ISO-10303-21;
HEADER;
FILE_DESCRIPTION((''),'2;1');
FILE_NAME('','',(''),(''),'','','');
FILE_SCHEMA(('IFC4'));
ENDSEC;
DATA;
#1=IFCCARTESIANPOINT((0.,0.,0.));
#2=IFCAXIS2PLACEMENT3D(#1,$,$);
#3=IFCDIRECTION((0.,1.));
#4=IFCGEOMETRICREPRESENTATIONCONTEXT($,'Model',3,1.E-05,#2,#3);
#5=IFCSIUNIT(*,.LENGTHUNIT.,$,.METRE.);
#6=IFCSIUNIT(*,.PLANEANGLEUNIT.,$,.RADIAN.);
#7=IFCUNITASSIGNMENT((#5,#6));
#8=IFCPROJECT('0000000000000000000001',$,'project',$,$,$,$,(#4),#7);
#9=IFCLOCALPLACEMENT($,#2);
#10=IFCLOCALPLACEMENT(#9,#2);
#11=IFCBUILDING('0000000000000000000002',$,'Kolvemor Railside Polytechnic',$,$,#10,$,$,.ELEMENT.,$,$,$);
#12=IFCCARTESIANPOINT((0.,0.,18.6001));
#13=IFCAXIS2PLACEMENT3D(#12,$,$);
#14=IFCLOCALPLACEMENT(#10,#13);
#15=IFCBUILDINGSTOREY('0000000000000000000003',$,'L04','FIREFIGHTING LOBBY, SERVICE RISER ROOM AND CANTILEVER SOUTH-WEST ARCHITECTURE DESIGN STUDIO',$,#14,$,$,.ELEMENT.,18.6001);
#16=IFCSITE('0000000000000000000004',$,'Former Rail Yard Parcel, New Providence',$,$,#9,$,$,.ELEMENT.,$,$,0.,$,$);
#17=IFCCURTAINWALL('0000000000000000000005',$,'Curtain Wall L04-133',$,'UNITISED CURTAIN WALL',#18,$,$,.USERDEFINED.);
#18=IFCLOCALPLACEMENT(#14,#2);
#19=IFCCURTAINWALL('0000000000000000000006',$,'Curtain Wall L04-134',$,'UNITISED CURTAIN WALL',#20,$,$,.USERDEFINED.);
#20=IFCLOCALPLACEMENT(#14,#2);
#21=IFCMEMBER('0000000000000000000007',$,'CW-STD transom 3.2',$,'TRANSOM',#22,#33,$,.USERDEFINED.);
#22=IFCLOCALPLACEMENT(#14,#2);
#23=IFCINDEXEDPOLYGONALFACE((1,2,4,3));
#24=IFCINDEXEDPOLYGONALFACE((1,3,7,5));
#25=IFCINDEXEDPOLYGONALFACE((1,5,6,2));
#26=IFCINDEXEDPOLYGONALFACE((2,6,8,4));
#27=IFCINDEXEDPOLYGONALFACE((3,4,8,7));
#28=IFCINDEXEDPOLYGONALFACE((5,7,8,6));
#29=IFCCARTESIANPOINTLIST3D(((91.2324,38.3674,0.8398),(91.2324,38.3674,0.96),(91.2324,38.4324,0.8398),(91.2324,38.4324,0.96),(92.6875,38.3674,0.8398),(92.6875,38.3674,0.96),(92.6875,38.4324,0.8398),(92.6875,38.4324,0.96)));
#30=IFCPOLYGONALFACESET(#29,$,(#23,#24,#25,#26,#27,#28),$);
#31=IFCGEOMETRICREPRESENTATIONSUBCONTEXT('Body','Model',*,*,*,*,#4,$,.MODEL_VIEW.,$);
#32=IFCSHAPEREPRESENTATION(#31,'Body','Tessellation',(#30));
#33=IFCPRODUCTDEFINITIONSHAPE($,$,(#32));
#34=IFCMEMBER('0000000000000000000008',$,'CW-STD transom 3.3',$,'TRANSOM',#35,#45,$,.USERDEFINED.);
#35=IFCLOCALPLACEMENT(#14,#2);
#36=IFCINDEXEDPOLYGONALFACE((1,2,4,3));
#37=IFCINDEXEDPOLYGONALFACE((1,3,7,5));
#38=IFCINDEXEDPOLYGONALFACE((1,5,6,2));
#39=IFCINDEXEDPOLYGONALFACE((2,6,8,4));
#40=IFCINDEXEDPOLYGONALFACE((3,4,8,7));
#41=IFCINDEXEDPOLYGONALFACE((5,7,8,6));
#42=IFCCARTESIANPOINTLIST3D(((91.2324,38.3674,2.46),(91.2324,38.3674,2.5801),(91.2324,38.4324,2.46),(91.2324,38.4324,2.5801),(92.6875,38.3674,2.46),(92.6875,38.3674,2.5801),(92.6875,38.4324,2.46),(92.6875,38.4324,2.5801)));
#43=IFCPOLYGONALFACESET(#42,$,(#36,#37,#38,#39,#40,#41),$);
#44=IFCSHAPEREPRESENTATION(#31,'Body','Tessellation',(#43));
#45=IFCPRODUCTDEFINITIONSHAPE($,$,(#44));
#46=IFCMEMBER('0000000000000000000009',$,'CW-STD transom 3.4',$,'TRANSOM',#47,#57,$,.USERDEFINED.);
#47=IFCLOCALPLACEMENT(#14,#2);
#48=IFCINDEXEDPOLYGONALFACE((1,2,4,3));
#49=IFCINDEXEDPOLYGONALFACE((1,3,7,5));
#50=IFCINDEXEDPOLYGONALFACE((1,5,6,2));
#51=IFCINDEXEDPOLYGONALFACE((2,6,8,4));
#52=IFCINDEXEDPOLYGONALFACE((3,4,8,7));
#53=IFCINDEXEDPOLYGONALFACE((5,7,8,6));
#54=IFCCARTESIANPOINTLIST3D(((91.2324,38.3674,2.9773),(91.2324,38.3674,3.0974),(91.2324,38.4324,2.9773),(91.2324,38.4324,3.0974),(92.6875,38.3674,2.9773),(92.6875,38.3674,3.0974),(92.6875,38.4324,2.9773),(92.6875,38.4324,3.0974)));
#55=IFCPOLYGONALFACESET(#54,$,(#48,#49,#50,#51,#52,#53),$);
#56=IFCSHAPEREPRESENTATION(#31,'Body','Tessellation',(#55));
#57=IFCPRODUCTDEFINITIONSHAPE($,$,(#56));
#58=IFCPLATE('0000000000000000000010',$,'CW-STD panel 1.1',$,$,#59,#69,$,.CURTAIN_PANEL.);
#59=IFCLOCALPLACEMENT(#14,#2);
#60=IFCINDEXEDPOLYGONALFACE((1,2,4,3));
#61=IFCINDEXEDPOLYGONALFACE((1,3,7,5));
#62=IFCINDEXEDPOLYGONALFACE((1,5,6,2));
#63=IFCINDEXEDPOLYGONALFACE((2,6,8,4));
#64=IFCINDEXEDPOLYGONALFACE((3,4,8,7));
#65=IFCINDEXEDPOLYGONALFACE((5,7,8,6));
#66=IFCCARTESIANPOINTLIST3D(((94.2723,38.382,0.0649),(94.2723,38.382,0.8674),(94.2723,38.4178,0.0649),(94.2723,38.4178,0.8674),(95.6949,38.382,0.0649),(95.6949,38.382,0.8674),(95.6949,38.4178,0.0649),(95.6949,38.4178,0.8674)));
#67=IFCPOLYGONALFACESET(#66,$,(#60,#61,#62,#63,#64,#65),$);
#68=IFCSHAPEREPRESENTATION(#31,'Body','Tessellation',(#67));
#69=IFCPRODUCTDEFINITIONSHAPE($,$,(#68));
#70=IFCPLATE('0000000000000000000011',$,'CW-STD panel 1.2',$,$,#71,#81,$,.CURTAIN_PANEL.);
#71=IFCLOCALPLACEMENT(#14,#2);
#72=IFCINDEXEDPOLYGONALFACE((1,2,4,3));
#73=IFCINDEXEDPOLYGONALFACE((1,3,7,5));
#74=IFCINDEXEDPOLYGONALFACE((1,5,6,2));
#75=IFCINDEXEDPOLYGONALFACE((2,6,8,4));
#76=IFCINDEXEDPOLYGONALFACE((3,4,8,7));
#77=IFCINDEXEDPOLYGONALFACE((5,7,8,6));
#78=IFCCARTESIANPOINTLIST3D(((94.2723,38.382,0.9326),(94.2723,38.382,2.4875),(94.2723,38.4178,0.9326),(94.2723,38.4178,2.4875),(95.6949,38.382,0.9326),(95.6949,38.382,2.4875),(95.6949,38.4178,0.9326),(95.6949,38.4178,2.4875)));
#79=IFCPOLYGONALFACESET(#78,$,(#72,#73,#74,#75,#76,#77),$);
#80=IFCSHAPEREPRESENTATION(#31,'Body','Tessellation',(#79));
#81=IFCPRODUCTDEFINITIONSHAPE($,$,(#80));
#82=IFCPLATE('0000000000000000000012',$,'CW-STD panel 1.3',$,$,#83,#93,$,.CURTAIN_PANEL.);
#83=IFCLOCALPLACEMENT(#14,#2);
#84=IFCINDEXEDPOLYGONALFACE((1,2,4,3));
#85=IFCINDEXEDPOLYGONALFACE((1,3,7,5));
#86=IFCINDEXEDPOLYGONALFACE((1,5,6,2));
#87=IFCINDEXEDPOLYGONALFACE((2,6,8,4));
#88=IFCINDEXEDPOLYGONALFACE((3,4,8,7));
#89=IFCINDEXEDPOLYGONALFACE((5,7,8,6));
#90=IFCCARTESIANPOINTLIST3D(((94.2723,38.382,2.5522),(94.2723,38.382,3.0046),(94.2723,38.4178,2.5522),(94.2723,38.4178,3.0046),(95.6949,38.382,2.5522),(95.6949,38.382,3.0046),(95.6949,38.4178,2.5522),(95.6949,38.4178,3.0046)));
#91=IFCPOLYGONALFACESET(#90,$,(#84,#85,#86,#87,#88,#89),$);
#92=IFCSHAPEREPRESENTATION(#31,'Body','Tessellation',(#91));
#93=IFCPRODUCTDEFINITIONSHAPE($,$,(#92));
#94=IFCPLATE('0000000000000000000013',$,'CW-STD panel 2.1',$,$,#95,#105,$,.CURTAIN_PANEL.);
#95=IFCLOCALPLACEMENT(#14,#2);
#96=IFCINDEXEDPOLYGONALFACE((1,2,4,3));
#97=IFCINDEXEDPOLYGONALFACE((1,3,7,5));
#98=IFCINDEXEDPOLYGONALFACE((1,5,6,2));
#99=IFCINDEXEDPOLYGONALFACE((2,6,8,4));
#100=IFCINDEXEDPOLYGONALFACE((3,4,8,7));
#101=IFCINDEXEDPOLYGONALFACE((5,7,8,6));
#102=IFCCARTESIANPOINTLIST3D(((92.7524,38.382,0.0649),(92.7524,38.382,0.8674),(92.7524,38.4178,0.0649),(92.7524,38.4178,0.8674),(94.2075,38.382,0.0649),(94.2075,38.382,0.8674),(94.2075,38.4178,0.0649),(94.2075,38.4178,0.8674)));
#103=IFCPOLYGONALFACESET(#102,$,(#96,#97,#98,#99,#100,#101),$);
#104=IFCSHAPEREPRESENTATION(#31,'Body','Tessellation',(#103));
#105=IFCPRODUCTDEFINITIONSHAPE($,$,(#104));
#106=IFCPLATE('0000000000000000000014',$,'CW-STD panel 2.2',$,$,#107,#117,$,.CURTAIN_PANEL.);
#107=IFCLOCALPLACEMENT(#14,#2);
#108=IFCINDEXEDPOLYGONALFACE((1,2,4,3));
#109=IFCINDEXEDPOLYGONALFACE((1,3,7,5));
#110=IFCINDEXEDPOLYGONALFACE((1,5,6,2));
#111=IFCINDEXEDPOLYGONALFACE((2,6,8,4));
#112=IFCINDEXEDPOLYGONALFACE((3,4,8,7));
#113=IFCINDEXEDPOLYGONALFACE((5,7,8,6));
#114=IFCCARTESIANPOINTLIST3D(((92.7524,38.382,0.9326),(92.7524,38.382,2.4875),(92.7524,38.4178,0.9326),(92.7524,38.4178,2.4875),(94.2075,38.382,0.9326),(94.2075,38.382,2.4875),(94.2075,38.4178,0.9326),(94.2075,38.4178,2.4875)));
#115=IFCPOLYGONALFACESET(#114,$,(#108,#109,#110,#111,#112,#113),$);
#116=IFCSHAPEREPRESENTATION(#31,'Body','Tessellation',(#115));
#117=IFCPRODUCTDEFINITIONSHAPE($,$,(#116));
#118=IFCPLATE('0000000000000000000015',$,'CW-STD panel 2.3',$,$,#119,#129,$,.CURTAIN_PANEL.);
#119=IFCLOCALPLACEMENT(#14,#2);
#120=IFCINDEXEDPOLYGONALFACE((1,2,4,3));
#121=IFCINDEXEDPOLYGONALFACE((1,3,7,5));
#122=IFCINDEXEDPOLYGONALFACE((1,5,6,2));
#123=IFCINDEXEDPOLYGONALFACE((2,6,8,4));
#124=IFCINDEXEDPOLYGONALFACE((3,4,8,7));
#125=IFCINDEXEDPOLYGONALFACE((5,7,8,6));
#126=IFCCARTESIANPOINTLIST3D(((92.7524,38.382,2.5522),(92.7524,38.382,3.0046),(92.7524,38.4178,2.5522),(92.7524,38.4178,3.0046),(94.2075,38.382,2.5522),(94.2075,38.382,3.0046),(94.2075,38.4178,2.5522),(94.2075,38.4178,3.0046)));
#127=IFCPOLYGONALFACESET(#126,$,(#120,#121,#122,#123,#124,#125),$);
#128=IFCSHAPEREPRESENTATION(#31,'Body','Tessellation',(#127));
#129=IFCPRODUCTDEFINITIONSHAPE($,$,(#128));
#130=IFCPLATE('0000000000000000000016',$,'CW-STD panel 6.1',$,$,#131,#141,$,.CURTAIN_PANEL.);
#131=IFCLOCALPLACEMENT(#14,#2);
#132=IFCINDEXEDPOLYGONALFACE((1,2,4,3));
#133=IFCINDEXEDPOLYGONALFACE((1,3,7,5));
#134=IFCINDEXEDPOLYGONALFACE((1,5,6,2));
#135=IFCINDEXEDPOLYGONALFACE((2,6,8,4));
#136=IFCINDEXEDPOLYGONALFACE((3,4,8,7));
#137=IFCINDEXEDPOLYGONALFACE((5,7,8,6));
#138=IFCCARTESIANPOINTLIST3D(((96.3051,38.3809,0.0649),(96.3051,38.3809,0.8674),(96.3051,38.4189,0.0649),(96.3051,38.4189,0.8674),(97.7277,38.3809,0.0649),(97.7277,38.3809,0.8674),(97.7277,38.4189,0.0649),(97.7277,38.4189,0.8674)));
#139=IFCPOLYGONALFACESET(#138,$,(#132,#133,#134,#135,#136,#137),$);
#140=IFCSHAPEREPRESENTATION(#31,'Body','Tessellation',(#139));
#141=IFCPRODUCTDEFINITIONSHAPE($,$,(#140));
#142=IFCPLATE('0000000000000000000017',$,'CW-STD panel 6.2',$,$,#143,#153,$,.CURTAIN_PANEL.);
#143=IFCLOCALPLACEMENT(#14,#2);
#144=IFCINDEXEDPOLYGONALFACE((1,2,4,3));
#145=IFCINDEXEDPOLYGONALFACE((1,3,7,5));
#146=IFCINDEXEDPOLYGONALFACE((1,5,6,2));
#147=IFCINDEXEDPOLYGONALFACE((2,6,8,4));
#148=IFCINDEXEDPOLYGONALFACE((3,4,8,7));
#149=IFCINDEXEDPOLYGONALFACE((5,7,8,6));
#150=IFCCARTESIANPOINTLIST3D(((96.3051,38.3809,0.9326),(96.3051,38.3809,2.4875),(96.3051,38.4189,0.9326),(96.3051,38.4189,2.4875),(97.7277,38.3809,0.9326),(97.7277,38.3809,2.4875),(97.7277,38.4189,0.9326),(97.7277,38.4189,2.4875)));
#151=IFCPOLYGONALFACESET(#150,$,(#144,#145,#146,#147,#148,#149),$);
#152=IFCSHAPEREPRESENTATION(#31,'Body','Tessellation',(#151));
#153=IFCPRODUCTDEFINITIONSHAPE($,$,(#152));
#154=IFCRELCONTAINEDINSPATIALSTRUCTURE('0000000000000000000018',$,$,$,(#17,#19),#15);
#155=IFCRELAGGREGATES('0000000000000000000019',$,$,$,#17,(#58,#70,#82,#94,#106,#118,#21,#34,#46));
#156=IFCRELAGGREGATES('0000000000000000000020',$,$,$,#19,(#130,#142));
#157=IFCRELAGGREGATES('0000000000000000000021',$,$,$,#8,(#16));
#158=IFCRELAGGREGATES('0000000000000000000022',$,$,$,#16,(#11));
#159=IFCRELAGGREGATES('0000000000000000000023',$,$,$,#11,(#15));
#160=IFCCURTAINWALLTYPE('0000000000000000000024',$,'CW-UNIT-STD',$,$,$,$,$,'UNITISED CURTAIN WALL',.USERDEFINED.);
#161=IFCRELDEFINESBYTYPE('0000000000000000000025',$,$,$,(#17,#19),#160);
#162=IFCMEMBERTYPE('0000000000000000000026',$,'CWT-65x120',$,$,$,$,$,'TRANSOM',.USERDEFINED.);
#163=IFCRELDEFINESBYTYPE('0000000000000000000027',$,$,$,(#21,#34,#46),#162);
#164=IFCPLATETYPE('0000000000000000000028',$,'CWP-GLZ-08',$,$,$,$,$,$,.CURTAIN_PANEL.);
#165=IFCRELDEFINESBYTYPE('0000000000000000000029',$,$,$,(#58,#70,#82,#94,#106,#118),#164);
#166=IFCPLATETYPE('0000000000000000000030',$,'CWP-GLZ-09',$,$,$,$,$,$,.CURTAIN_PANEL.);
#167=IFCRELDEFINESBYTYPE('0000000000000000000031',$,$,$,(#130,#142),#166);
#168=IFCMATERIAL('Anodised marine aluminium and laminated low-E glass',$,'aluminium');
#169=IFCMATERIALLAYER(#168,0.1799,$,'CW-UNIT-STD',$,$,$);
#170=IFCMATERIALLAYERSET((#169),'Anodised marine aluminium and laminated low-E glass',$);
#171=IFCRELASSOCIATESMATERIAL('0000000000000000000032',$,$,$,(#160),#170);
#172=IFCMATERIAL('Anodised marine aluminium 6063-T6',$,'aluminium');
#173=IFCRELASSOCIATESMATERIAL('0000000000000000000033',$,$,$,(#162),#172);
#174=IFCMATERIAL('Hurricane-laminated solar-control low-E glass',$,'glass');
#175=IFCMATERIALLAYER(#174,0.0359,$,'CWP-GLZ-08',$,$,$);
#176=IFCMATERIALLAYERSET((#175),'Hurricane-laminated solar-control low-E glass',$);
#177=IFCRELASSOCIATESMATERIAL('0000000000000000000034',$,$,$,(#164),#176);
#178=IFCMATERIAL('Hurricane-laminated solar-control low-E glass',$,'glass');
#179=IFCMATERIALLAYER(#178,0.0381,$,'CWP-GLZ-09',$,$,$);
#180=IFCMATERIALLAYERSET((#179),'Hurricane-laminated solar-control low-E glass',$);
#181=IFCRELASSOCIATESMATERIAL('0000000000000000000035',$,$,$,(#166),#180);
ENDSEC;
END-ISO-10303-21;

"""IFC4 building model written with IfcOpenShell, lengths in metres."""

from ifc_helpers import new_model, si_unit, direction, frame, origin, origin_2d, place, context, subcontext, project, spatial, rectangle, extrude, material, layer, layer_set, material_profile, profile_set, type_object, element, aggregate, save


model = new_model("IFC4")

# Units and contexts
model_context = context("Model", 3, precision=1e-05, world=origin(), true_north=direction((0.0, 1.0)))
body_context = subcontext(model_context, "Body", "Model", "MODEL_VIEW")
ifc_project = project(units=[si_unit("LENGTHUNIT", "METRE"), si_unit("PLANEANGLEUNIT", "RADIAN")], contexts=[model_context])

# Site, building, storey
site_placement = place(None, origin())
site = spatial("IfcSite", under=ifc_project, at=site_placement, Name="Former Rail Yard Parcel, New Providence", CompositionType="ELEMENT", RefElevation=0.0)
building_placement = place(site_placement, origin())
building = spatial("IfcBuilding", under=site, at=building_placement, Name="Kolvemor Railside Polytechnic", CompositionType="ELEMENT")
storey_placement = place(building_placement, frame((0.0, 0.0, 18.6001)))
storey = spatial("IfcBuildingStorey", under=building, at=storey_placement, Name="L04", Description="FIREFIGHTING LOBBY, SERVICE RISER ROOM AND CANTILEVER SOUTH-WEST ARCHITECTURE DESIGN STUDIO", CompositionType="ELEMENT", Elevation=18.6001)

# Curtain wall
ifc_material_1 = material(Name="Anodised marine aluminium and laminated low-E glass", Category="aluminium")
ifc_layer_1 = layer(ifc_material_1, 0.1799, Name="CW-UNIT-STD")
ifc_layer_set_1 = layer_set([ifc_layer_1], Name="Anodised marine aluminium and laminated low-E glass")
curtain_wall_type = type_object("IfcCurtainWallType", Name="CW-UNIT-STD", ElementType="UNITISED CURTAIN WALL", PredefinedType="USERDEFINED", material=ifc_layer_set_1)
curtain_wall_1_placement = place(storey_placement, origin())
curtain_wall_1 = element("IfcCurtainWall", 1, at=curtain_wall_1_placement, inside=storey, type_object=curtain_wall_type, Name="Curtain Wall L04-133", ObjectType="UNITISED CURTAIN WALL", PredefinedType="USERDEFINED")

# Curtain wall
curtain_wall_2_placement = place(storey_placement, origin())
curtain_wall_2 = element("IfcCurtainWall", 2, at=curtain_wall_2_placement, inside=storey, type_object=curtain_wall_type, Name="Curtain Wall L04-134", ObjectType="UNITISED CURTAIN WALL", PredefinedType="USERDEFINED")

# Members
ifc_material_2 = material(Name="Anodised marine aluminium 6063-T6", Category="aluminium")
ifc_material_profile_1 = material_profile(ifc_material_2, rectangle(XDim=0.0649, YDim=0.1201, at=origin_2d()), Name="CW-TRN-65x120")
ifc_profile_set_1 = profile_set([ifc_material_profile_1], Name="Anodised marine aluminium 6063-T6")
member_type_1 = type_object("IfcMemberType", Name="CWT-65x120", ElementType="TRANSOM", PredefinedType="USERDEFINED", material=ifc_profile_set_1)
member_1_placement = place(storey_placement, frame((92.6875, 38.3999, 0.8999), z_axis=(-1.0, 0.0, 0.0), x_axis=(0.0, -1.0, 0.0)))
member_1 = element("IfcMember", 3, at=member_1_placement, type_object=member_type_1, Name="CW-STD transom 3.2", ObjectType="TRANSOM", PredefinedType="USERDEFINED", context=body_context, shape_type="SweptSolid", body=[
    extrude(rectangle(XDim=0.0649, YDim=0.1201, at=origin_2d()), origin(), (0.0, 0.0, 1.0), 1.4551),
])
member_2_placement = place(storey_placement, frame((92.6875, 38.3999, 2.52), z_axis=(-1.0, 0.0, 0.0), x_axis=(0.0, -1.0, 0.0)))
member_2 = element("IfcMember", 4, at=member_2_placement, type_object=member_type_1, Name="CW-STD transom 3.3", ObjectType="TRANSOM", PredefinedType="USERDEFINED", context=body_context, shape_type="SweptSolid", body=[
    extrude(rectangle(XDim=0.0649, YDim=0.1201, at=origin_2d()), origin(), (0.0, 0.0, 1.0), 1.4551),
])
member_3_placement = place(storey_placement, frame((92.6875, 38.3999, 3.0374), z_axis=(-1.0, 0.0, 0.0), x_axis=(0.0, -1.0, 0.0)))
member_3 = element("IfcMember", 5, at=member_3_placement, type_object=member_type_1, Name="CW-STD transom 3.4", ObjectType="TRANSOM", PredefinedType="USERDEFINED", context=body_context, shape_type="SweptSolid", body=[
    extrude(rectangle(XDim=0.0649, YDim=0.1201, at=origin_2d()), origin(), (0.0, 0.0, 1.0), 1.4551),
])

# Plates
ifc_material_3 = material(Name="Hurricane-laminated solar-control low-E glass", Category="glass")
ifc_layer_2 = layer(ifc_material_3, 0.0359, Name="CWP-GLZ-08")
ifc_layer_set_2 = layer_set([ifc_layer_2], Name="Hurricane-laminated solar-control low-E glass")
plate_type_1 = type_object("IfcPlateType", Name="CWP-GLZ-08", PredefinedType="CURTAIN_PANEL", material=ifc_layer_set_2)
plate_1_placement = place(storey_placement, frame((94.9836, 38.3999, 0.0649), z_axis=(0.0, 0.0, 1.0), x_axis=(-1.0, 0.0, 0.0)))
plate_1 = element("IfcPlate", 6, at=plate_1_placement, type_object=plate_type_1, Name="CW-STD panel 1.1", PredefinedType="CURTAIN_PANEL", context=body_context, shape_type="SweptSolid", body=[
    extrude(rectangle(XDim=1.4226, YDim=0.0359, at=origin_2d()), origin(), (0.0, 0.0, 1.0), 0.8025),
])
plate_2_placement = place(storey_placement, frame((94.9836, 38.3999, 0.9326), z_axis=(0.0, 0.0, 1.0), x_axis=(-1.0, 0.0, 0.0)))
plate_2 = element("IfcPlate", 7, at=plate_2_placement, type_object=plate_type_1, Name="CW-STD panel 1.2", PredefinedType="CURTAIN_PANEL", context=body_context, shape_type="SweptSolid", body=[
    extrude(rectangle(XDim=1.4226, YDim=0.0359, at=origin_2d()), origin(), (0.0, 0.0, 1.0), 1.5549),
])
plate_3_placement = place(storey_placement, frame((94.9836, 38.3999, 2.5522), z_axis=(0.0, 0.0, 1.0), x_axis=(-1.0, 0.0, 0.0)))
plate_3 = element("IfcPlate", 8, at=plate_3_placement, type_object=plate_type_1, Name="CW-STD panel 1.3", PredefinedType="CURTAIN_PANEL", context=body_context, shape_type="SweptSolid", body=[
    extrude(rectangle(XDim=1.4226, YDim=0.0359, at=origin_2d()), origin(), (0.0, 0.0, 1.0), 0.4524),
])
plate_4_placement = place(storey_placement, frame((93.48, 38.3999, 0.0649), z_axis=(0.0, 0.0, 1.0), x_axis=(-1.0, 0.0, 0.0)))
plate_4 = element("IfcPlate", 9, at=plate_4_placement, type_object=plate_type_1, Name="CW-STD panel 2.1", PredefinedType="CURTAIN_PANEL", context=body_context, shape_type="SweptSolid", body=[
    extrude(rectangle(XDim=1.4551, YDim=0.0359, at=origin_2d()), origin(), (0.0, 0.0, 1.0), 0.8025),
])
plate_5_placement = place(storey_placement, frame((93.48, 38.3999, 0.9326), z_axis=(0.0, 0.0, 1.0), x_axis=(-1.0, 0.0, 0.0)))
plate_5 = element("IfcPlate", 10, at=plate_5_placement, type_object=plate_type_1, Name="CW-STD panel 2.2", PredefinedType="CURTAIN_PANEL", context=body_context, shape_type="SweptSolid", body=[
    extrude(rectangle(XDim=1.4551, YDim=0.0359, at=origin_2d()), origin(), (0.0, 0.0, 1.0), 1.5549),
])
plate_6_placement = place(storey_placement, frame((93.48, 38.3999, 2.5522), z_axis=(0.0, 0.0, 1.0), x_axis=(-1.0, 0.0, 0.0)))
plate_6 = element("IfcPlate", 11, at=plate_6_placement, type_object=plate_type_1, Name="CW-STD panel 2.3", PredefinedType="CURTAIN_PANEL", context=body_context, shape_type="SweptSolid", body=[
    extrude(rectangle(XDim=1.4551, YDim=0.0359, at=origin_2d()), origin(), (0.0, 0.0, 1.0), 0.4524),
])
aggregate(curtain_wall_1, [plate_1, plate_2, plate_3, plate_4, plate_5, plate_6, member_1, member_2, member_3])
ifc_material_4 = material(Name="Hurricane-laminated solar-control low-E glass", Category="glass")
ifc_layer_3 = layer(ifc_material_4, 0.0381, Name="CWP-GLZ-09")
ifc_layer_set_3 = layer_set([ifc_layer_3], Name="Hurricane-laminated solar-control low-E glass")
plate_type_2 = type_object("IfcPlateType", Name="CWP-GLZ-09", PredefinedType="CURTAIN_PANEL", material=ifc_layer_set_3)
plate_7_placement = place(storey_placement, frame((97.0164, 38.3999, 0.0649), z_axis=(0.0, 0.0, 1.0), x_axis=(-1.0, 0.0, 0.0)))
plate_7 = element("IfcPlate", 12, at=plate_7_placement, type_object=plate_type_2, Name="CW-STD panel 6.1", PredefinedType="CURTAIN_PANEL", context=body_context, shape_type="SweptSolid", body=[
    extrude(rectangle(XDim=1.4226, YDim=0.0381, at=origin_2d()), origin(), (0.0, 0.0, 1.0), 0.8025),
])
plate_8_placement = place(storey_placement, frame((97.0164, 38.3999, 0.9326), z_axis=(0.0, 0.0, 1.0), x_axis=(-1.0, 0.0, 0.0)))
plate_8 = element("IfcPlate", 13, at=plate_8_placement, type_object=plate_type_2, Name="CW-STD panel 6.2", PredefinedType="CURTAIN_PANEL", context=body_context, shape_type="SweptSolid", body=[
    extrude(rectangle(XDim=1.4226, YDim=0.0381, at=origin_2d()), origin(), (0.0, 0.0, 1.0), 1.5549),
])
aggregate(curtain_wall_2, [plate_7, plate_8])

save(model, "model.ifc")
